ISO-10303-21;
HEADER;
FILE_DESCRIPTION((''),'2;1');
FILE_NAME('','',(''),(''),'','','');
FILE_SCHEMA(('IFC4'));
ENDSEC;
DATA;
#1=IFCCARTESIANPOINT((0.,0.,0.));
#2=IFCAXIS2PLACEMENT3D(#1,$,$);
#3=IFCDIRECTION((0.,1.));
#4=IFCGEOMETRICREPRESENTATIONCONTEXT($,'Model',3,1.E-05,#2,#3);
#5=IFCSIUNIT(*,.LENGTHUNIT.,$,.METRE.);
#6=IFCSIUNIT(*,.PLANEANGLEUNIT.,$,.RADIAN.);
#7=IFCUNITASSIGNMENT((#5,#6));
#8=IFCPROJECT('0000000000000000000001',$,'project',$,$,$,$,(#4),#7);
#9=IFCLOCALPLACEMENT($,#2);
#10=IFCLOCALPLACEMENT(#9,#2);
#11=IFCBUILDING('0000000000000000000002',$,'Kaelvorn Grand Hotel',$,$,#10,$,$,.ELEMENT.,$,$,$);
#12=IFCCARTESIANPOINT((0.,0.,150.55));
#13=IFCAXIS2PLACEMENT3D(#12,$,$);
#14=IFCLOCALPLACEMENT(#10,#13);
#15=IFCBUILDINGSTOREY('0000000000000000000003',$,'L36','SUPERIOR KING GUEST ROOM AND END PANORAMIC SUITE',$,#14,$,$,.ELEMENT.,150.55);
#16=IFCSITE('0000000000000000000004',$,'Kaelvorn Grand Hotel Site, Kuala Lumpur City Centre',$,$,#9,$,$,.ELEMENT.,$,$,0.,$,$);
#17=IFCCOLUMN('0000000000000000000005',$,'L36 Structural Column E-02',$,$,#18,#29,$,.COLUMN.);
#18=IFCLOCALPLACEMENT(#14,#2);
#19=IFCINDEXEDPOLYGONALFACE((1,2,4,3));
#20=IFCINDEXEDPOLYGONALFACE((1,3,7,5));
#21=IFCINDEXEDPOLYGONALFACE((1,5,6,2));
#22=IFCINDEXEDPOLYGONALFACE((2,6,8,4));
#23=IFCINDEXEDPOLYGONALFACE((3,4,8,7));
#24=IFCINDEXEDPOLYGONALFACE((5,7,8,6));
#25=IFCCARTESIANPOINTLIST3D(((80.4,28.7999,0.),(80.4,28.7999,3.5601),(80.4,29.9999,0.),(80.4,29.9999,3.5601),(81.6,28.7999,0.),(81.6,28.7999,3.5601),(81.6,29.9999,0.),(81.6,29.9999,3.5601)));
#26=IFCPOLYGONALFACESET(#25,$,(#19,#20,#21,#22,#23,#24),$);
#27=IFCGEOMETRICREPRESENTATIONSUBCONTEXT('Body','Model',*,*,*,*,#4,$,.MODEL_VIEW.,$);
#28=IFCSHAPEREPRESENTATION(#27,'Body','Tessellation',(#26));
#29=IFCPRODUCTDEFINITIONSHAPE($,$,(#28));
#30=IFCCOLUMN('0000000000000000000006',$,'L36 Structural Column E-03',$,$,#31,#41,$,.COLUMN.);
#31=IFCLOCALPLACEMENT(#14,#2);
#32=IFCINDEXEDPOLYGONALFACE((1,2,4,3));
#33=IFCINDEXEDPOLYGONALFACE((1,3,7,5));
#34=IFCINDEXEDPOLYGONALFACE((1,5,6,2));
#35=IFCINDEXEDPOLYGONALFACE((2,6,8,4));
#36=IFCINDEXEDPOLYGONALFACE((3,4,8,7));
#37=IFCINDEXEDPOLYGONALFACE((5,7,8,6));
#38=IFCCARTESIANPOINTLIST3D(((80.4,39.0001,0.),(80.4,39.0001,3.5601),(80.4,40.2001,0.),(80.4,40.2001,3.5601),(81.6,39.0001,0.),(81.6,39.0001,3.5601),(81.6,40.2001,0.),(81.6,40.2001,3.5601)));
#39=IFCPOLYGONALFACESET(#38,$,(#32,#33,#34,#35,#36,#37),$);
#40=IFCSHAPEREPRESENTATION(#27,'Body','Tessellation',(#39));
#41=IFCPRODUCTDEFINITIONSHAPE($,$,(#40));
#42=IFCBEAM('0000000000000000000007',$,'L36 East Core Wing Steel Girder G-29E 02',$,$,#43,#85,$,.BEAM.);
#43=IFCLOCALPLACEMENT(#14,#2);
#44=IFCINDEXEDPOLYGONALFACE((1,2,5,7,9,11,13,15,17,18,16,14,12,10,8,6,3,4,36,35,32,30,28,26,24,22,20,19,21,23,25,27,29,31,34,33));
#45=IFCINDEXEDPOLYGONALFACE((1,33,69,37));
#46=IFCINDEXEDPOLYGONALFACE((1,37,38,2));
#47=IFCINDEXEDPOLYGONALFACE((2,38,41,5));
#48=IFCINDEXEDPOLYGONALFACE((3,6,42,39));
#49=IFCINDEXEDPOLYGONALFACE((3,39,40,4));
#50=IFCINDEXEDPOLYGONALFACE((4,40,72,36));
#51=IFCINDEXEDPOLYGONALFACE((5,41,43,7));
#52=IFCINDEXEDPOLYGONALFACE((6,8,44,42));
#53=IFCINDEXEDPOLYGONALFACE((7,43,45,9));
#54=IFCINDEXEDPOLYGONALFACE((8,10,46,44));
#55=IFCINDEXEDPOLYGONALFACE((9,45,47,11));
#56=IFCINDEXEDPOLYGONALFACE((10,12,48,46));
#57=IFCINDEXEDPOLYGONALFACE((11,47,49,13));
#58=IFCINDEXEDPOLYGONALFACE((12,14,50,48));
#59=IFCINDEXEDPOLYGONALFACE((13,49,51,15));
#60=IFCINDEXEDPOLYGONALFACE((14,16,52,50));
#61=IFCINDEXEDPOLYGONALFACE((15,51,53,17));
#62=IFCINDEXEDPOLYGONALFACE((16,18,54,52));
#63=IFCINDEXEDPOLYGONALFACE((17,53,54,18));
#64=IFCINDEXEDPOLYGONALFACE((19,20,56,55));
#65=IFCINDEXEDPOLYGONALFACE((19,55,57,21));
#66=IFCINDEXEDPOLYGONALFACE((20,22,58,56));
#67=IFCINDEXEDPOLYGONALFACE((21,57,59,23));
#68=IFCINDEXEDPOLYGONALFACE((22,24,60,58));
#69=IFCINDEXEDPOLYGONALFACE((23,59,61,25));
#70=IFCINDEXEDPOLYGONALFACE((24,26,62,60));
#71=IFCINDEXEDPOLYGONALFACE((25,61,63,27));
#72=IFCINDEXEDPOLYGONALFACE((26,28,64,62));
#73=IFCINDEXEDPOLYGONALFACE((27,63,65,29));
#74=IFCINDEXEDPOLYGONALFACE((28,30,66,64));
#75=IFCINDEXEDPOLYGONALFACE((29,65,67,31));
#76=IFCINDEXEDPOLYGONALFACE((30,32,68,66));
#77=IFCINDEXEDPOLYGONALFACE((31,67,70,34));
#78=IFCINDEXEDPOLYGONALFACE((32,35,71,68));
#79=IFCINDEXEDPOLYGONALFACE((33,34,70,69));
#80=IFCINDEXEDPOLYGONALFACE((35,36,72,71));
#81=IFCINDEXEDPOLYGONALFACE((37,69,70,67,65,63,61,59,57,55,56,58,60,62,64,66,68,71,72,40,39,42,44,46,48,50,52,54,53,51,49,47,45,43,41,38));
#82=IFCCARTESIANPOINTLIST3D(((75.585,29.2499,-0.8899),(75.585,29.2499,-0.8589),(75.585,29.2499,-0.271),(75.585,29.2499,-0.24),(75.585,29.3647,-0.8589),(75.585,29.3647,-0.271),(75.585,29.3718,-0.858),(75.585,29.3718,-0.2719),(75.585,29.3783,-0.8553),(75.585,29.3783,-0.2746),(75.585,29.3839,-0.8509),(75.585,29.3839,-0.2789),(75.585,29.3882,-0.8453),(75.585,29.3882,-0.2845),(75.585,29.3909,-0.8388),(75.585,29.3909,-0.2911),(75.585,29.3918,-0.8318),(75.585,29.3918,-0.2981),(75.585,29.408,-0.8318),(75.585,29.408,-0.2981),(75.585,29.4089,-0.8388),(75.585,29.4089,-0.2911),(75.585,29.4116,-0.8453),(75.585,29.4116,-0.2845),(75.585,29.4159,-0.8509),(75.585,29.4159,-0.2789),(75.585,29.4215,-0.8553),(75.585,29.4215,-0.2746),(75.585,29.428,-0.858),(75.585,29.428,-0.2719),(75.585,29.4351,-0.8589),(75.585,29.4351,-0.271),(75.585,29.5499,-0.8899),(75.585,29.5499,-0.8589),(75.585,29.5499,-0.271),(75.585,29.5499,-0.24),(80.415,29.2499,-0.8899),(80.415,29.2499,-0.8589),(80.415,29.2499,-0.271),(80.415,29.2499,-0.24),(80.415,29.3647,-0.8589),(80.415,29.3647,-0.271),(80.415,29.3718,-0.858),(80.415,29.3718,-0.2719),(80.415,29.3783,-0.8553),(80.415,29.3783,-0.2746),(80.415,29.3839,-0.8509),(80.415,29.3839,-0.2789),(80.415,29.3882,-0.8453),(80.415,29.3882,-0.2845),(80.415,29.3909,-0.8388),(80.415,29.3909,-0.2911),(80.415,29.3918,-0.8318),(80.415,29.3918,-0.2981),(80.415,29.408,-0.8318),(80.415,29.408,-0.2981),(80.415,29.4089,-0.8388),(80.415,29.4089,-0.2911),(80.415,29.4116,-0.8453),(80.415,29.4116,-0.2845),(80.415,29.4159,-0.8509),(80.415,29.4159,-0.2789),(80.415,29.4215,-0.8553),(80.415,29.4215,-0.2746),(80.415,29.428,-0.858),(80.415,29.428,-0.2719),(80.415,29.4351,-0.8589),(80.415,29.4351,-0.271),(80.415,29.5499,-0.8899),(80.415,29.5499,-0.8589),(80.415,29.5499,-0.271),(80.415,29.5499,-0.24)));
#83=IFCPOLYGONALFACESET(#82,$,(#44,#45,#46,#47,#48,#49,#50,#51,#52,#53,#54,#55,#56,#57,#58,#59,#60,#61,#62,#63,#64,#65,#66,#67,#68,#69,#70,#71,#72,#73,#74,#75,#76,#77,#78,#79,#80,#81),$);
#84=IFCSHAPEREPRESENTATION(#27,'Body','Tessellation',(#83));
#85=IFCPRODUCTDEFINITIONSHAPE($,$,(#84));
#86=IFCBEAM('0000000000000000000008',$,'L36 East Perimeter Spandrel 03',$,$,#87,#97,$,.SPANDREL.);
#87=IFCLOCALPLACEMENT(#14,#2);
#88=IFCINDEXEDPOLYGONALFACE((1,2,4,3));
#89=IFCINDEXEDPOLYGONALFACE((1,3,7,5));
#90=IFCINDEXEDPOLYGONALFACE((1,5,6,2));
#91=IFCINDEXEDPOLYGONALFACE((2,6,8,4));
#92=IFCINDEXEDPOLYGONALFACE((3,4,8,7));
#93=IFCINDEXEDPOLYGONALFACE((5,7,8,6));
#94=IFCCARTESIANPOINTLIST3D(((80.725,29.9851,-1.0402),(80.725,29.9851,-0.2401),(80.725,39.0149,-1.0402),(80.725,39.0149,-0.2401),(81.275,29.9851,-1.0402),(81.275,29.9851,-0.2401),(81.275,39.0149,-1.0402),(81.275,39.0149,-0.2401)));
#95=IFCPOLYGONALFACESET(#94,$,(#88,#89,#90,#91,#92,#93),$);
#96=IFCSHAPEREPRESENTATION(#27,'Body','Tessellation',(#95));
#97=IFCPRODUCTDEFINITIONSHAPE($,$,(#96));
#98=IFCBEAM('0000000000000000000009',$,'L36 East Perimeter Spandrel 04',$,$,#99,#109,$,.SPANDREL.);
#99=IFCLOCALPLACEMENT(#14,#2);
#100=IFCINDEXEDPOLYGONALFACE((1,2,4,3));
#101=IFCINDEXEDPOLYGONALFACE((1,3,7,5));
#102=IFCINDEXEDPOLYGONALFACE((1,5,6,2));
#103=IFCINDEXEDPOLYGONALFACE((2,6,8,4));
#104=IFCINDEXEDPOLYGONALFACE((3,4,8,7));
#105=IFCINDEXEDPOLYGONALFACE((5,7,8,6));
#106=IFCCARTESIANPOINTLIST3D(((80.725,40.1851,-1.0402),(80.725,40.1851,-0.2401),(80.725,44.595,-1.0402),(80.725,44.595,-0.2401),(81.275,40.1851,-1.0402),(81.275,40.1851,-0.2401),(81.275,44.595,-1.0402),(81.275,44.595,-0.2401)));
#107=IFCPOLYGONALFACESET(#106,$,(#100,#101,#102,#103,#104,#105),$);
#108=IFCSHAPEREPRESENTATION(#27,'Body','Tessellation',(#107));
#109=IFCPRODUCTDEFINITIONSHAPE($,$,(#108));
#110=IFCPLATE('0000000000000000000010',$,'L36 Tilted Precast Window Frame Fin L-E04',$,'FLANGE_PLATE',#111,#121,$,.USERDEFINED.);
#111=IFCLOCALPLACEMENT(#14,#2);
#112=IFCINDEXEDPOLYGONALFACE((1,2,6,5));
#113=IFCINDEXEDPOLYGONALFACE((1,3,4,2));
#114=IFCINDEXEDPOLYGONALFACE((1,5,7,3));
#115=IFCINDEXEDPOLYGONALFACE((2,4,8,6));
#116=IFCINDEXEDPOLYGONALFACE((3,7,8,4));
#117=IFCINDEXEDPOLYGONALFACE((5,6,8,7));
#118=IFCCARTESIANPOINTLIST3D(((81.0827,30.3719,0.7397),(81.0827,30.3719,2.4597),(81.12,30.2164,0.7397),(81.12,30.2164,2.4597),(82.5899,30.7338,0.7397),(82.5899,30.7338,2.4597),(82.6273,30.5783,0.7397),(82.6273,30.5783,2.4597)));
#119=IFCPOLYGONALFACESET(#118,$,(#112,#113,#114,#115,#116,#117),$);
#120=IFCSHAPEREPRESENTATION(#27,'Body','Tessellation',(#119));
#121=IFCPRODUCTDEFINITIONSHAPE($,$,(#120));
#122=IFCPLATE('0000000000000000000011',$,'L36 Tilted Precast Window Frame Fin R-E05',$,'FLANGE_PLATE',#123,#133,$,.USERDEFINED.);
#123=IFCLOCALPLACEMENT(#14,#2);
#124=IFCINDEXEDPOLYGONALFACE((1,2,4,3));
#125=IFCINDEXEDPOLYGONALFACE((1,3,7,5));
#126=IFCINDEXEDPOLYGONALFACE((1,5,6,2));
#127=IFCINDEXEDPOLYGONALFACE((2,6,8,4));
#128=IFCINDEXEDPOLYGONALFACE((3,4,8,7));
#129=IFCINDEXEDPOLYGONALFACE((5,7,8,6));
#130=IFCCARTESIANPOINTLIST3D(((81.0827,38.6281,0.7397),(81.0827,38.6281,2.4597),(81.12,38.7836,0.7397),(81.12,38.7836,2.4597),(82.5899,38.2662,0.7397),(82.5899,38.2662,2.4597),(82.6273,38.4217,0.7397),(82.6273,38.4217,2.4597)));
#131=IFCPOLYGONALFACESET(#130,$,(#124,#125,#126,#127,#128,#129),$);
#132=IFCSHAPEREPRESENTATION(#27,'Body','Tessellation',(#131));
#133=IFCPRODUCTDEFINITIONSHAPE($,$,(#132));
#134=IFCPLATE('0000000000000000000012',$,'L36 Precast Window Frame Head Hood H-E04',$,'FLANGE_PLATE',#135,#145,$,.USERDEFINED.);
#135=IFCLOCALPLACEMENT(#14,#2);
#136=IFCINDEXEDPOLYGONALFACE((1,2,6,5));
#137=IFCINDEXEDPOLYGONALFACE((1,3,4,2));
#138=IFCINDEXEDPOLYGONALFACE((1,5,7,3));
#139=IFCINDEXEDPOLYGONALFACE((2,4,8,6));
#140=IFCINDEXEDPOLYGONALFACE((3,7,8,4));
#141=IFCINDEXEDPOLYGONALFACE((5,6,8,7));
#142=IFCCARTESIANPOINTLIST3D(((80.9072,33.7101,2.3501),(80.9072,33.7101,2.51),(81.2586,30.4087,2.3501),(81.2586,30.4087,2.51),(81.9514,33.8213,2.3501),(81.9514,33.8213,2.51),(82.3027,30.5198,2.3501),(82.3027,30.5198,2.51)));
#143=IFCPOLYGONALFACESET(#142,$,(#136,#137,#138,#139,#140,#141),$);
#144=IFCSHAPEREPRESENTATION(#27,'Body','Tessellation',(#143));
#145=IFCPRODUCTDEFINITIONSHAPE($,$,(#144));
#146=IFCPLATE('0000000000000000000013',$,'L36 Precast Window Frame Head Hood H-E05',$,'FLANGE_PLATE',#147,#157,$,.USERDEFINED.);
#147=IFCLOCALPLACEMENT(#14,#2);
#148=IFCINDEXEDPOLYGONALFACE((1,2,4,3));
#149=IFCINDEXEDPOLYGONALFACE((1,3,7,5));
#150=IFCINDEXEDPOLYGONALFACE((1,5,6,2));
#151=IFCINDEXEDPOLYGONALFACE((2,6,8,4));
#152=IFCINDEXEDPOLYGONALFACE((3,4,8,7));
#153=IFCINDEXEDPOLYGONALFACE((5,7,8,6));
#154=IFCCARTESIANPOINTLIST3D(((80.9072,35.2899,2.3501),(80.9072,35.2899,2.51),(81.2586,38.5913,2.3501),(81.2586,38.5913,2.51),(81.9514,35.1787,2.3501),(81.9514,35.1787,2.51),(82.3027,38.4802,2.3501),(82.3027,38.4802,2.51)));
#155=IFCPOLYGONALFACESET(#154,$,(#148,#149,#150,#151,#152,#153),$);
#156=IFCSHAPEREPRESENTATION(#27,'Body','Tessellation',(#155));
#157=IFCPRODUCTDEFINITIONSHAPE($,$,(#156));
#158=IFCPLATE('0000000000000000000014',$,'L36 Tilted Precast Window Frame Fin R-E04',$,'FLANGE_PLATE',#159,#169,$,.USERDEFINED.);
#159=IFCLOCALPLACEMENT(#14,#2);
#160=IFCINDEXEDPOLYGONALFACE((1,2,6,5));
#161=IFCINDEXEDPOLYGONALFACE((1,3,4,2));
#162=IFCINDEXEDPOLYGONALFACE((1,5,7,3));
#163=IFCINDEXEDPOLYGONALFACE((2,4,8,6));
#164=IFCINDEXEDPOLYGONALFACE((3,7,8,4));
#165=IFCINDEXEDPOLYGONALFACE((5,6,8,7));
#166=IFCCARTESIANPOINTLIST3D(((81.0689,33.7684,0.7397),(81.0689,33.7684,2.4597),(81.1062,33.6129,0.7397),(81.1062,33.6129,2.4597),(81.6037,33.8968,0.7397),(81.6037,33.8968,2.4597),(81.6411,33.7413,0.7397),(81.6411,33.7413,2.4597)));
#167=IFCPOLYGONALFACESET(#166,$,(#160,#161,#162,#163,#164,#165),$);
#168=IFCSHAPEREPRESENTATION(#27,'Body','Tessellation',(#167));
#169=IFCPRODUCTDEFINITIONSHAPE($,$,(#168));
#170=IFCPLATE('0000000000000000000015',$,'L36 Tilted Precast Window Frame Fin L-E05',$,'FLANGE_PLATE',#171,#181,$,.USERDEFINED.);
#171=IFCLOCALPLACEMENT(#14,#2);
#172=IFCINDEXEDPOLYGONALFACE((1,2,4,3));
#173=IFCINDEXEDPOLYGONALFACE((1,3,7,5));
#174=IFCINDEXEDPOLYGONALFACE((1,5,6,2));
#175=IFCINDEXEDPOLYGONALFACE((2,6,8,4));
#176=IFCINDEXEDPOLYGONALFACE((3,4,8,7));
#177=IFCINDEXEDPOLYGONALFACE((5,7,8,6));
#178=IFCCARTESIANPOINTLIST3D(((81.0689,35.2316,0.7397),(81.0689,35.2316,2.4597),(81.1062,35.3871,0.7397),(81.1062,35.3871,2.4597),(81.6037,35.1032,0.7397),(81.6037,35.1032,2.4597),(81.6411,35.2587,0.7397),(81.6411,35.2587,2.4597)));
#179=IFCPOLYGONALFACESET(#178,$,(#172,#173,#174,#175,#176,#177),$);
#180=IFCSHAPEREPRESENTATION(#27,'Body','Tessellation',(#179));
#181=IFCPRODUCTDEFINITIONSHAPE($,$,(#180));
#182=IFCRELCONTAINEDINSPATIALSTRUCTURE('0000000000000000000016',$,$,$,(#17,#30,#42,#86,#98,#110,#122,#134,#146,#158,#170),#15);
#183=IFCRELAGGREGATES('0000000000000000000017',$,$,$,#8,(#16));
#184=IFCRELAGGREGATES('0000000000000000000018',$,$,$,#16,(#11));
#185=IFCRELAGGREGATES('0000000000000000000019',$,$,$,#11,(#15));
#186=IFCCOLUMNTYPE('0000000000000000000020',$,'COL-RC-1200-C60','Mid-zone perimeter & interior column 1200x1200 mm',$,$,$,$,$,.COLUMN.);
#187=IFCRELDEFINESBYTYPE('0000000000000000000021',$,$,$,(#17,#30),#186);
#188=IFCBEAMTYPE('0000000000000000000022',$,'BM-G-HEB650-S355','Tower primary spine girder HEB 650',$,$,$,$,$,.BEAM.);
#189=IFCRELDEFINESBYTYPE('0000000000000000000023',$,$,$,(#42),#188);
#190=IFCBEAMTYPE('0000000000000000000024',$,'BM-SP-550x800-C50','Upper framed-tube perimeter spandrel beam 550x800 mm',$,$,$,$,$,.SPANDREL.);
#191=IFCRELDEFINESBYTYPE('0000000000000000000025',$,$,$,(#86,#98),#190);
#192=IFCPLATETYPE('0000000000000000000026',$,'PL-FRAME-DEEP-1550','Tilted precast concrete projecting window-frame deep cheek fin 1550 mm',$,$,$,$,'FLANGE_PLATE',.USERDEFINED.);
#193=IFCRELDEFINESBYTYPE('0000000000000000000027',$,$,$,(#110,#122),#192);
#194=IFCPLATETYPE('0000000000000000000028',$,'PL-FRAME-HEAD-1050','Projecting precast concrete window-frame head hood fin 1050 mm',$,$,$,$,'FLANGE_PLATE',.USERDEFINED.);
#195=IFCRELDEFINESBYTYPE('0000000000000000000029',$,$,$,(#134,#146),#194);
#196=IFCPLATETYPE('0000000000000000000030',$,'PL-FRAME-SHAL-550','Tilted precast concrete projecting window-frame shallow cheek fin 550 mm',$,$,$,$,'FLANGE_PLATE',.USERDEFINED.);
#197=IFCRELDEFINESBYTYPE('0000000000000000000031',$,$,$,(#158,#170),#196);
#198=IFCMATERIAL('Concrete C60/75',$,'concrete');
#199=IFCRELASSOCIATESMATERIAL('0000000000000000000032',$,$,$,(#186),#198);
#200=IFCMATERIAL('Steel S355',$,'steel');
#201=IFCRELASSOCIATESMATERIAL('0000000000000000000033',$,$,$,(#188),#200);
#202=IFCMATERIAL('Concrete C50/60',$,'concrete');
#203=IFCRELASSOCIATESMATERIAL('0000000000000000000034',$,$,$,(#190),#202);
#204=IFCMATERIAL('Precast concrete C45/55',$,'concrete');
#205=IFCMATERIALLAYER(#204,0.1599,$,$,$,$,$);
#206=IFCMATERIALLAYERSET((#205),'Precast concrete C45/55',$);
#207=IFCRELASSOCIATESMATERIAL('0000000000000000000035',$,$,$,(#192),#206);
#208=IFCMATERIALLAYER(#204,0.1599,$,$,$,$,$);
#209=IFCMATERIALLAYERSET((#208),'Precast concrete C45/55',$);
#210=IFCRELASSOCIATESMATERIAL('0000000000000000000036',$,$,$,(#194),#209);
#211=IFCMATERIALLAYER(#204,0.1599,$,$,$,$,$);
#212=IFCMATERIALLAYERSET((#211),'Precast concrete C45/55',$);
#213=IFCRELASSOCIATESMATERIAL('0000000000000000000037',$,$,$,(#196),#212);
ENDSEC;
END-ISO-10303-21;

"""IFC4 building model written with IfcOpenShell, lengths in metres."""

from ifc_helpers import new_model, si_unit, direction, frame, origin, origin_2d, place, context, subcontext, project, spatial, rectangle, i_section, extrude, material, layer, layer_set, material_profile, profile_set, type_object, element, save


model = new_model("IFC4")

# Units and contexts
model_context = context("Model", 3, precision=1e-05, world=origin(), true_north=direction((0.0, 1.0)))
body_context = subcontext(model_context, "Body", "Model", "MODEL_VIEW")
ifc_project = project(units=[si_unit("LENGTHUNIT", "METRE"), si_unit("PLANEANGLEUNIT", "RADIAN")], contexts=[model_context])

# Site, building, storey
site_placement = place(None, origin())
site = spatial("IfcSite", under=ifc_project, at=site_placement, Name="Kaelvorn Grand Hotel Site, Kuala Lumpur City Centre", CompositionType="ELEMENT", RefElevation=0.0)
building_placement = place(site_placement, origin())
building = spatial("IfcBuilding", under=site, at=building_placement, Name="Kaelvorn Grand Hotel", CompositionType="ELEMENT")
storey_placement = place(building_placement, frame((0.0, 0.0, 150.55)))
storey = spatial("IfcBuildingStorey", under=building, at=storey_placement, Name="L36", Description="SUPERIOR KING GUEST ROOM AND END PANORAMIC SUITE", CompositionType="ELEMENT", Elevation=150.55)

# Columns
ifc_material_1 = material(Name="Concrete C60/75", Category="concrete")
ifc_material_profile_1 = material_profile(ifc_material_1, rectangle(XDim=1.2, YDim=1.2, at=origin_2d()), Name="RC COL 1200x1200")
ifc_profile_set_1 = profile_set([ifc_material_profile_1], Name="Concrete C60/75")
column_type = type_object("IfcColumnType", Name="COL-RC-1200-C60", Description="Mid-zone perimeter & interior column 1200x1200 mm", PredefinedType="COLUMN", material=ifc_profile_set_1)
for number, where, z_axis, x_axis, name in (
    (1, (81.0, 29.3999, 0.0), (0.0, 0.0, 1.0), (1.0, 0.0, 0.0), "L36 Structural Column E-02"),
    (2, (81.0, 39.6001, 0.0), (0.0, 0.0, 1.0), (1.0, 0.0, 0.0), "L36 Structural Column E-03"),
):
    element("IfcColumn", number, at=place(storey_placement, frame(where, z_axis=z_axis, x_axis=x_axis)), inside=storey, type_object=column_type, Name=name, PredefinedType="COLUMN", context=body_context, shape_type="SweptSolid", body=[
        extrude(rectangle(XDim=1.2, YDim=1.2, at=origin_2d()), origin(), (0.0, 0.0, 1.0), 3.5601),
    ])

# Beams
ifc_material_2 = material(Name="Steel S355", Category="steel")
ifc_material_profile_2 = material_profile(ifc_material_2, i_section(OverallWidth=0.3, OverallDepth=0.6499, WebThickness=0.0161, FlangeThickness=0.031, FilletRadius=0.0271, at=origin_2d()), Name="HEB 650")
ifc_profile_set_2 = profile_set([ifc_material_profile_2], Name="Steel S355")
beam_type_1 = type_object("IfcBeamType", Name="BM-G-HEB650-S355", Description="Tower primary spine girder HEB 650", PredefinedType="BEAM", material=ifc_profile_set_2)
beam_1_placement = place(storey_placement, frame((75.585, 29.3999, -0.5649), z_axis=(1.0, 0.0, 0.0), x_axis=(0.0, 1.0, 0.0)))
element("IfcBeam", 3, at=beam_1_placement, inside=storey, type_object=beam_type_1, Name="L36 East Core Wing Steel Girder G-29E 02", PredefinedType="BEAM", context=body_context, shape_type="SweptSolid", body=[
    extrude(i_section(OverallWidth=0.3, OverallDepth=0.6499, WebThickness=0.0161, FlangeThickness=0.031, FilletRadius=0.0271, at=origin_2d()), origin(), (0.0, 0.0, 1.0), 4.8301),
])
ifc_material_3 = material(Name="Concrete C50/60", Category="concrete")
ifc_material_profile_3 = material_profile(ifc_material_3, rectangle(XDim=0.55, YDim=0.8, at=origin_2d()), Name="RC SPANDREL 550x800")
ifc_profile_set_3 = profile_set([ifc_material_profile_3], Name="Concrete C50/60")
beam_type_2 = type_object("IfcBeamType", Name="BM-SP-550x800-C50", Description="Upper framed-tube perimeter spandrel beam 550x800 mm", PredefinedType="SPANDREL", material=ifc_profile_set_3)
beam_2_placement = place(storey_placement, frame((81.0, 29.9851, -0.6401), z_axis=(0.0, 1.0, 0.0), x_axis=(-1.0, 0.0, 0.0)))
element("IfcBeam", 4, at=beam_2_placement, inside=storey, type_object=beam_type_2, Name="L36 East Perimeter Spandrel 03", PredefinedType="SPANDREL", context=body_context, shape_type="SweptSolid", body=[
    extrude(rectangle(XDim=0.55, YDim=0.8, at=origin_2d()), origin(), (0.0, 0.0, 1.0), 9.0298),
])
beam_3_placement = place(storey_placement, frame((81.0, 40.1851, -0.6401), z_axis=(0.0, 1.0, 0.0), x_axis=(-1.0, 0.0, 0.0)))
element("IfcBeam", 5, at=beam_3_placement, inside=storey, type_object=beam_type_2, Name="L36 East Perimeter Spandrel 04", PredefinedType="SPANDREL", context=body_context, shape_type="SweptSolid", body=[
    extrude(rectangle(XDim=0.55, YDim=0.8, at=origin_2d()), origin(), (0.0, 0.0, 1.0), 4.4099),
])

# Plates
ifc_material_4 = material(Name="Precast concrete C45/55", Category="concrete")
ifc_layer_1 = layer(ifc_material_4, 0.1599)
ifc_layer_set_1 = layer_set([ifc_layer_1], Name="Precast concrete C45/55")
plate_type_1 = type_object("IfcPlateType", Name="PL-FRAME-DEEP-1550", Description="Tilted precast concrete projecting window-frame deep cheek fin 1550 mm", ElementType="FLANGE_PLATE", PredefinedType="USERDEFINED", material=ifc_layer_set_1)
for number, where, z_axis, x_axis, name in (
    (6, (81.855, 30.4751, 0.7397), (0.0, 0.0, 1.0), (-0.233445, 0.97237, 0.0), "L36 Tilted Precast Window Frame Fin L-E04"),
    (7, (81.855, 38.5249, 0.7397), (0.0, 0.0, 1.0), (0.233445, 0.97237, 0.0), "L36 Tilted Precast Window Frame Fin R-E05"),
):
    element("IfcPlate", number, at=place(storey_placement, frame(where, z_axis=z_axis, x_axis=x_axis)), inside=storey, type_object=plate_type_1, Name=name, ObjectType="FLANGE_PLATE", PredefinedType="USERDEFINED", context=body_context, shape_type="SweptSolid", body=[
        extrude(rectangle(XDim=0.1599, YDim=1.55, at=origin_2d()), origin(), (0.0, 0.0, 1.0), 1.72),
    ])
ifc_layer_2 = layer(ifc_material_4, 0.1599)
ifc_layer_set_2 = layer_set([ifc_layer_2], Name="Precast concrete C45/55")
plate_type_2 = type_object("IfcPlateType", Name="PL-FRAME-HEAD-1050", Description="Projecting precast concrete window-frame head hood fin 1050 mm", ElementType="FLANGE_PLATE", PredefinedType="USERDEFINED", material=ifc_layer_set_2)
for number, where, z_axis, x_axis, name in (
    (8, (81.605, 32.115, 2.3501), (0.0, 0.0, 1.0), (-0.10583, 0.994384, 0.0), "L36 Precast Window Frame Head Hood H-E04"),
    (9, (81.605, 36.885, 2.3501), (0.0, 0.0, 1.0), (0.10583, 0.994384, 0.0), "L36 Precast Window Frame Head Hood H-E05"),
):
    element("IfcPlate", number, at=place(storey_placement, frame(where, z_axis=z_axis, x_axis=x_axis)), inside=storey, type_object=plate_type_2, Name=name, ObjectType="FLANGE_PLATE", PredefinedType="USERDEFINED", context=body_context, shape_type="SweptSolid", body=[
        extrude(rectangle(XDim=3.3201, YDim=1.05, at=origin_2d()), origin(), (0.0, 0.0, 1.0), 0.1599),
    ])
ifc_layer_3 = layer(ifc_material_4, 0.1599)
ifc_layer_set_3 = layer_set([ifc_layer_3], Name="Precast concrete C45/55")
plate_type_3 = type_object("IfcPlateType", Name="PL-FRAME-SHAL-550", Description="Tilted precast concrete projecting window-frame shallow cheek fin 550 mm", ElementType="FLANGE_PLATE", PredefinedType="USERDEFINED", material=ifc_layer_set_3)
for number, where, z_axis, x_axis, name in (
    (10, (81.355, 33.7549, 0.7397), (0.0, 0.0, 1.0), (-0.233445, 0.97237, 0.0), "L36 Tilted Precast Window Frame Fin R-E04"),
    (11, (81.355, 35.2451, 0.7397), (0.0, 0.0, 1.0), (0.233445, 0.97237, 0.0), "L36 Tilted Precast Window Frame Fin L-E05"),
):
    element("IfcPlate", number, at=place(storey_placement, frame(where, z_axis=z_axis, x_axis=x_axis)), inside=storey, type_object=plate_type_3, Name=name, ObjectType="FLANGE_PLATE", PredefinedType="USERDEFINED", context=body_context, shape_type="SweptSolid", body=[
        extrude(rectangle(XDim=0.1599, YDim=0.55, at=origin_2d()), origin(), (0.0, 0.0, 1.0), 1.72),
    ])

save(model, "model.ifc")
